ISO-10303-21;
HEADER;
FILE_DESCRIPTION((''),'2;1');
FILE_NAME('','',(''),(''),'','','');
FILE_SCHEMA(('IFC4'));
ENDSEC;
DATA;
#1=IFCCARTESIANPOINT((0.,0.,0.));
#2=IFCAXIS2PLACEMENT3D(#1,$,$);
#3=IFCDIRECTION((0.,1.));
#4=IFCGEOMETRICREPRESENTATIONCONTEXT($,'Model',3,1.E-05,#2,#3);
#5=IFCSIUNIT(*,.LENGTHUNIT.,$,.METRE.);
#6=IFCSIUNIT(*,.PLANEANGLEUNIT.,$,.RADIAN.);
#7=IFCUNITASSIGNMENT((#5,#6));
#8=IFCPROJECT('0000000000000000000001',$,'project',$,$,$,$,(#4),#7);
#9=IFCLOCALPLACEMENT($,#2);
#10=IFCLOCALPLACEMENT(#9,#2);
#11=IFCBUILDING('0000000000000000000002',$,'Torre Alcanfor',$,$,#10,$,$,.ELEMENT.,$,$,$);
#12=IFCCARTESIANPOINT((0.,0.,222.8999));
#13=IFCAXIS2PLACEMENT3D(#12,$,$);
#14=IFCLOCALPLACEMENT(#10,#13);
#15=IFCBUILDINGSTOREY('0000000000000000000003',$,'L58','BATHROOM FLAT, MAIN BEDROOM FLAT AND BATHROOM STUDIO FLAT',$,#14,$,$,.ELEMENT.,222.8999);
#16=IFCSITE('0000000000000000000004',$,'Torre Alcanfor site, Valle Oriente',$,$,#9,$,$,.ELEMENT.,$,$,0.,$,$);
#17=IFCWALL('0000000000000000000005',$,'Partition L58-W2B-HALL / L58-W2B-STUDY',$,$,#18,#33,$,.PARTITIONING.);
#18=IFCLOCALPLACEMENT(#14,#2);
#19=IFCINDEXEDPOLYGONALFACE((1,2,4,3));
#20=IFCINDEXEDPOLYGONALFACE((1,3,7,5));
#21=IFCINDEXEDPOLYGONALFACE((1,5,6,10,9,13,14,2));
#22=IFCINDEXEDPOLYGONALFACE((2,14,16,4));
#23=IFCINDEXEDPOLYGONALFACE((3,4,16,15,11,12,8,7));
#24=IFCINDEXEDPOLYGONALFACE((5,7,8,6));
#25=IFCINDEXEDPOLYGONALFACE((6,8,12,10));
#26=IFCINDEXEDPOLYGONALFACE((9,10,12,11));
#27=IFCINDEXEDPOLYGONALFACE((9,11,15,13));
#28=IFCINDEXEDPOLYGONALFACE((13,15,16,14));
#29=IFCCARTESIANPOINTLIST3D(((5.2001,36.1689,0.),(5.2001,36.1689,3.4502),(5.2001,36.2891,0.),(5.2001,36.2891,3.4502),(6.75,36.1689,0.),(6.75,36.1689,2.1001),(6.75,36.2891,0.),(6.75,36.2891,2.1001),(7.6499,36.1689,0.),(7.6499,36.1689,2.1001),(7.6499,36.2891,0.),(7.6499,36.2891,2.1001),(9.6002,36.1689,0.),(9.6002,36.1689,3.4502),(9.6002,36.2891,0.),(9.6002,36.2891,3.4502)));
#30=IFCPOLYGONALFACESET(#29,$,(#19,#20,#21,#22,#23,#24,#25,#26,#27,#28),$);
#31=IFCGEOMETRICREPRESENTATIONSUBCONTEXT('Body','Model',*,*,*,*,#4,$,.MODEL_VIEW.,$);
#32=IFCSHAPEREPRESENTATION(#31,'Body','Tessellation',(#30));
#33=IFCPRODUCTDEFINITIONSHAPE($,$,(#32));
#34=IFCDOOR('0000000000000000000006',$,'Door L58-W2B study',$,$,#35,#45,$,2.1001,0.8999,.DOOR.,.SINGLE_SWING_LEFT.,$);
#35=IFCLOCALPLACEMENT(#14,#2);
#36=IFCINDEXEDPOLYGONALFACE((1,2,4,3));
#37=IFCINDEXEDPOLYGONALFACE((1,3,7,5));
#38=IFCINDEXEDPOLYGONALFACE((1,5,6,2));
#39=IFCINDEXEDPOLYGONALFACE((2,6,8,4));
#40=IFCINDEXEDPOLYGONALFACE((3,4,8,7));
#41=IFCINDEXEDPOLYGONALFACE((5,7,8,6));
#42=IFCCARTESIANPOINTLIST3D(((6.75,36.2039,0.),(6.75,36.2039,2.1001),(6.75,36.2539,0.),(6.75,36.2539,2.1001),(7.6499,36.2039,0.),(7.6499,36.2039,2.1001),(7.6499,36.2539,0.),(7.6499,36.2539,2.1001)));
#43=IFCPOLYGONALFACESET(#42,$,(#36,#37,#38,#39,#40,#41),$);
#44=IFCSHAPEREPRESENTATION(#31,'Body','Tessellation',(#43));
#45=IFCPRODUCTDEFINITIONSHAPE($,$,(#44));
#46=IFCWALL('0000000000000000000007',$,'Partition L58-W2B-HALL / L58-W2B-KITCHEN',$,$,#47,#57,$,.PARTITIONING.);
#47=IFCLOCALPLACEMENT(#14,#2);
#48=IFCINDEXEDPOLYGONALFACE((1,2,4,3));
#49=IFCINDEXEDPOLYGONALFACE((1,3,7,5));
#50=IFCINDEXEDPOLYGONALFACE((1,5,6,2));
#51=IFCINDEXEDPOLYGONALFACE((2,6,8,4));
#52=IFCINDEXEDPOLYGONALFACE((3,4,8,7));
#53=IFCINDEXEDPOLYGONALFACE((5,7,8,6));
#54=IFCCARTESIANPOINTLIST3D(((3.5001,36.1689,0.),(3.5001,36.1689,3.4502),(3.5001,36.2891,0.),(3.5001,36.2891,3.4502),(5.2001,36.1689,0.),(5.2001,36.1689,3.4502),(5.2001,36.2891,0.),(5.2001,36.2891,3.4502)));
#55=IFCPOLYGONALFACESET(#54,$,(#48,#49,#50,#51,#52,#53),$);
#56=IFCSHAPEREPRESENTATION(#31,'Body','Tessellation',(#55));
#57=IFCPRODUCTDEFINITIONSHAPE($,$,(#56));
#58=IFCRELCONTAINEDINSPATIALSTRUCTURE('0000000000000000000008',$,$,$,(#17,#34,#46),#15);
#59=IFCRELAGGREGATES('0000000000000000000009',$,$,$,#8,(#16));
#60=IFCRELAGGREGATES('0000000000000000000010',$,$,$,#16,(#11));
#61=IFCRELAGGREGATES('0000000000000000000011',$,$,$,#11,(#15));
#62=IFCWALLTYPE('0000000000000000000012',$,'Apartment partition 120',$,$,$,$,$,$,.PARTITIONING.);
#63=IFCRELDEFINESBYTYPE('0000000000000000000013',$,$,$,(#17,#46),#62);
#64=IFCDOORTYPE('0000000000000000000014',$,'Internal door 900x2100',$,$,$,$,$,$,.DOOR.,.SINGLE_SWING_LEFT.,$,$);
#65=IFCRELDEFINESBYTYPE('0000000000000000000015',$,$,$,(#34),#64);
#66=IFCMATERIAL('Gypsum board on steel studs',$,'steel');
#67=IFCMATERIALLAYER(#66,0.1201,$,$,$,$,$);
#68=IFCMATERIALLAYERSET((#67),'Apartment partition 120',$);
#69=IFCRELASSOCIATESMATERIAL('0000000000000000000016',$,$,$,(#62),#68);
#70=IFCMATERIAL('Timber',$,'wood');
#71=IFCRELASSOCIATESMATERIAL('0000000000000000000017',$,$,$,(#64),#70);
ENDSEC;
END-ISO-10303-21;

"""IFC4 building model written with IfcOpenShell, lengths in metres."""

from ifc_helpers import new_model, si_unit, direction, frame, frame_2d, origin, place, context, subcontext, project, spatial, rectangle, extrude, material, layer, layer_set, type_object, element, fill, save


model = new_model("IFC4")

# Units and contexts
model_context = context("Model", 3, precision=1e-05, world=origin(), true_north=direction((0.0, 1.0)))
body_context = subcontext(model_context, "Body", "Model", "MODEL_VIEW")
ifc_project = project(units=[si_unit("LENGTHUNIT", "METRE"), si_unit("PLANEANGLEUNIT", "RADIAN")], contexts=[model_context])

# Site, building, storey
site_placement = place(None, origin())
site = spatial("IfcSite", under=ifc_project, at=site_placement, Name="Torre Alcanfor site, Valle Oriente", CompositionType="ELEMENT", RefElevation=0.0)
building_placement = place(site_placement, origin())
building = spatial("IfcBuilding", under=site, at=building_placement, Name="Torre Alcanfor", CompositionType="ELEMENT")
storey_placement = place(building_placement, frame((0.0, 0.0, 222.8999)))
storey = spatial("IfcBuildingStorey", under=building, at=storey_placement, Name="L58", Description="BATHROOM FLAT, MAIN BEDROOM FLAT AND BATHROOM STUDIO FLAT", CompositionType="ELEMENT", Elevation=222.8999)

# Wall, opening, door
ifc_material_1 = material(Name="Gypsum board on steel studs", Category="steel")
ifc_layer_1 = layer(ifc_material_1, 0.1201)
ifc_layer_set_1 = layer_set([ifc_layer_1], Name="Apartment partition 120")
wall_type_1 = type_object("IfcWallType", Name="Apartment partition 120", PredefinedType="PARTITIONING", material=ifc_layer_set_1)
wall_1_placement = place(storey_placement, frame((5.2, 36.229, 0.0), z_axis=(0.0, 0.0, 1.0), x_axis=(1.0, 0.0, 0.0)))
wall_1 = element("IfcWall", 1, at=wall_1_placement, inside=storey, type_object=wall_type_1, Name="Partition L58-W2B-HALL / L58-W2B-STUDY", PredefinedType="PARTITIONING", context=body_context, shape_type="SweptSolid", body=[
    extrude(rectangle(XDim=4.4001, YDim=0.1201, at=frame_2d((2.2002, 0.0))), origin(), (0.0, 0.0, 1.0), 3.4502),
])
opening_placement = place(wall_1_placement, frame((1.55, 0.0, 0.0)))
opening = element("IfcOpeningElement", 2, at=opening_placement, cuts=wall_1, PredefinedType="OPENING", context=body_context, shape_type="SweptSolid", body=[
    extrude(rectangle(XDim=0.8999, YDim=2.1001, at=frame_2d((0.45, 1.05))), frame((0.0, 0.0701, 0.0), z_axis=(0.0, -1.0, 0.0), x_axis=(1.0, 0.0, 0.0)), (0.0, 0.0, 1.0), 0.1401),
])
ifc_material_2 = material(Name="Timber", Category="wood")
door_type = type_object("IfcDoorType", Name="Internal door 900x2100", OperationType="SINGLE_SWING_LEFT", PredefinedType="DOOR", material=ifc_material_2)
door_placement = place(opening_placement, origin())
door = element("IfcDoor", 3, at=door_placement, inside=storey, type_object=door_type, Name="Door L58-W2B study", OperationType="SINGLE_SWING_LEFT", OverallHeight=2.1001, OverallWidth=0.8999, PredefinedType="DOOR", context=body_context, shape_type="SweptSolid", body=[
    extrude(rectangle(XDim=0.8999, YDim=2.1001, at=frame_2d((0.45, 1.05))), frame((0.0, 0.0249, 0.0), z_axis=(0.0, -1.0, 0.0), x_axis=(1.0, 0.0, 0.0)), (0.0, 0.0, 1.0), 0.05),
])
fill(opening, door)

# Wall
wall_2_placement = place(storey_placement, frame((3.5, 36.229, 0.0), z_axis=(0.0, 0.0, 1.0), x_axis=(1.0, 0.0, 0.0)))
element("IfcWall", 4, at=wall_2_placement, inside=storey, type_object=wall_type_1, Name="Partition L58-W2B-HALL / L58-W2B-KITCHEN", PredefinedType="PARTITIONING", context=body_context, shape_type="SweptSolid", body=[
    extrude(rectangle(XDim=1.7, YDim=0.1201, at=frame_2d((0.8501, 0.0))), origin(), (0.0, 0.0, 1.0), 3.4502),
])

save(model, "model.ifc")
